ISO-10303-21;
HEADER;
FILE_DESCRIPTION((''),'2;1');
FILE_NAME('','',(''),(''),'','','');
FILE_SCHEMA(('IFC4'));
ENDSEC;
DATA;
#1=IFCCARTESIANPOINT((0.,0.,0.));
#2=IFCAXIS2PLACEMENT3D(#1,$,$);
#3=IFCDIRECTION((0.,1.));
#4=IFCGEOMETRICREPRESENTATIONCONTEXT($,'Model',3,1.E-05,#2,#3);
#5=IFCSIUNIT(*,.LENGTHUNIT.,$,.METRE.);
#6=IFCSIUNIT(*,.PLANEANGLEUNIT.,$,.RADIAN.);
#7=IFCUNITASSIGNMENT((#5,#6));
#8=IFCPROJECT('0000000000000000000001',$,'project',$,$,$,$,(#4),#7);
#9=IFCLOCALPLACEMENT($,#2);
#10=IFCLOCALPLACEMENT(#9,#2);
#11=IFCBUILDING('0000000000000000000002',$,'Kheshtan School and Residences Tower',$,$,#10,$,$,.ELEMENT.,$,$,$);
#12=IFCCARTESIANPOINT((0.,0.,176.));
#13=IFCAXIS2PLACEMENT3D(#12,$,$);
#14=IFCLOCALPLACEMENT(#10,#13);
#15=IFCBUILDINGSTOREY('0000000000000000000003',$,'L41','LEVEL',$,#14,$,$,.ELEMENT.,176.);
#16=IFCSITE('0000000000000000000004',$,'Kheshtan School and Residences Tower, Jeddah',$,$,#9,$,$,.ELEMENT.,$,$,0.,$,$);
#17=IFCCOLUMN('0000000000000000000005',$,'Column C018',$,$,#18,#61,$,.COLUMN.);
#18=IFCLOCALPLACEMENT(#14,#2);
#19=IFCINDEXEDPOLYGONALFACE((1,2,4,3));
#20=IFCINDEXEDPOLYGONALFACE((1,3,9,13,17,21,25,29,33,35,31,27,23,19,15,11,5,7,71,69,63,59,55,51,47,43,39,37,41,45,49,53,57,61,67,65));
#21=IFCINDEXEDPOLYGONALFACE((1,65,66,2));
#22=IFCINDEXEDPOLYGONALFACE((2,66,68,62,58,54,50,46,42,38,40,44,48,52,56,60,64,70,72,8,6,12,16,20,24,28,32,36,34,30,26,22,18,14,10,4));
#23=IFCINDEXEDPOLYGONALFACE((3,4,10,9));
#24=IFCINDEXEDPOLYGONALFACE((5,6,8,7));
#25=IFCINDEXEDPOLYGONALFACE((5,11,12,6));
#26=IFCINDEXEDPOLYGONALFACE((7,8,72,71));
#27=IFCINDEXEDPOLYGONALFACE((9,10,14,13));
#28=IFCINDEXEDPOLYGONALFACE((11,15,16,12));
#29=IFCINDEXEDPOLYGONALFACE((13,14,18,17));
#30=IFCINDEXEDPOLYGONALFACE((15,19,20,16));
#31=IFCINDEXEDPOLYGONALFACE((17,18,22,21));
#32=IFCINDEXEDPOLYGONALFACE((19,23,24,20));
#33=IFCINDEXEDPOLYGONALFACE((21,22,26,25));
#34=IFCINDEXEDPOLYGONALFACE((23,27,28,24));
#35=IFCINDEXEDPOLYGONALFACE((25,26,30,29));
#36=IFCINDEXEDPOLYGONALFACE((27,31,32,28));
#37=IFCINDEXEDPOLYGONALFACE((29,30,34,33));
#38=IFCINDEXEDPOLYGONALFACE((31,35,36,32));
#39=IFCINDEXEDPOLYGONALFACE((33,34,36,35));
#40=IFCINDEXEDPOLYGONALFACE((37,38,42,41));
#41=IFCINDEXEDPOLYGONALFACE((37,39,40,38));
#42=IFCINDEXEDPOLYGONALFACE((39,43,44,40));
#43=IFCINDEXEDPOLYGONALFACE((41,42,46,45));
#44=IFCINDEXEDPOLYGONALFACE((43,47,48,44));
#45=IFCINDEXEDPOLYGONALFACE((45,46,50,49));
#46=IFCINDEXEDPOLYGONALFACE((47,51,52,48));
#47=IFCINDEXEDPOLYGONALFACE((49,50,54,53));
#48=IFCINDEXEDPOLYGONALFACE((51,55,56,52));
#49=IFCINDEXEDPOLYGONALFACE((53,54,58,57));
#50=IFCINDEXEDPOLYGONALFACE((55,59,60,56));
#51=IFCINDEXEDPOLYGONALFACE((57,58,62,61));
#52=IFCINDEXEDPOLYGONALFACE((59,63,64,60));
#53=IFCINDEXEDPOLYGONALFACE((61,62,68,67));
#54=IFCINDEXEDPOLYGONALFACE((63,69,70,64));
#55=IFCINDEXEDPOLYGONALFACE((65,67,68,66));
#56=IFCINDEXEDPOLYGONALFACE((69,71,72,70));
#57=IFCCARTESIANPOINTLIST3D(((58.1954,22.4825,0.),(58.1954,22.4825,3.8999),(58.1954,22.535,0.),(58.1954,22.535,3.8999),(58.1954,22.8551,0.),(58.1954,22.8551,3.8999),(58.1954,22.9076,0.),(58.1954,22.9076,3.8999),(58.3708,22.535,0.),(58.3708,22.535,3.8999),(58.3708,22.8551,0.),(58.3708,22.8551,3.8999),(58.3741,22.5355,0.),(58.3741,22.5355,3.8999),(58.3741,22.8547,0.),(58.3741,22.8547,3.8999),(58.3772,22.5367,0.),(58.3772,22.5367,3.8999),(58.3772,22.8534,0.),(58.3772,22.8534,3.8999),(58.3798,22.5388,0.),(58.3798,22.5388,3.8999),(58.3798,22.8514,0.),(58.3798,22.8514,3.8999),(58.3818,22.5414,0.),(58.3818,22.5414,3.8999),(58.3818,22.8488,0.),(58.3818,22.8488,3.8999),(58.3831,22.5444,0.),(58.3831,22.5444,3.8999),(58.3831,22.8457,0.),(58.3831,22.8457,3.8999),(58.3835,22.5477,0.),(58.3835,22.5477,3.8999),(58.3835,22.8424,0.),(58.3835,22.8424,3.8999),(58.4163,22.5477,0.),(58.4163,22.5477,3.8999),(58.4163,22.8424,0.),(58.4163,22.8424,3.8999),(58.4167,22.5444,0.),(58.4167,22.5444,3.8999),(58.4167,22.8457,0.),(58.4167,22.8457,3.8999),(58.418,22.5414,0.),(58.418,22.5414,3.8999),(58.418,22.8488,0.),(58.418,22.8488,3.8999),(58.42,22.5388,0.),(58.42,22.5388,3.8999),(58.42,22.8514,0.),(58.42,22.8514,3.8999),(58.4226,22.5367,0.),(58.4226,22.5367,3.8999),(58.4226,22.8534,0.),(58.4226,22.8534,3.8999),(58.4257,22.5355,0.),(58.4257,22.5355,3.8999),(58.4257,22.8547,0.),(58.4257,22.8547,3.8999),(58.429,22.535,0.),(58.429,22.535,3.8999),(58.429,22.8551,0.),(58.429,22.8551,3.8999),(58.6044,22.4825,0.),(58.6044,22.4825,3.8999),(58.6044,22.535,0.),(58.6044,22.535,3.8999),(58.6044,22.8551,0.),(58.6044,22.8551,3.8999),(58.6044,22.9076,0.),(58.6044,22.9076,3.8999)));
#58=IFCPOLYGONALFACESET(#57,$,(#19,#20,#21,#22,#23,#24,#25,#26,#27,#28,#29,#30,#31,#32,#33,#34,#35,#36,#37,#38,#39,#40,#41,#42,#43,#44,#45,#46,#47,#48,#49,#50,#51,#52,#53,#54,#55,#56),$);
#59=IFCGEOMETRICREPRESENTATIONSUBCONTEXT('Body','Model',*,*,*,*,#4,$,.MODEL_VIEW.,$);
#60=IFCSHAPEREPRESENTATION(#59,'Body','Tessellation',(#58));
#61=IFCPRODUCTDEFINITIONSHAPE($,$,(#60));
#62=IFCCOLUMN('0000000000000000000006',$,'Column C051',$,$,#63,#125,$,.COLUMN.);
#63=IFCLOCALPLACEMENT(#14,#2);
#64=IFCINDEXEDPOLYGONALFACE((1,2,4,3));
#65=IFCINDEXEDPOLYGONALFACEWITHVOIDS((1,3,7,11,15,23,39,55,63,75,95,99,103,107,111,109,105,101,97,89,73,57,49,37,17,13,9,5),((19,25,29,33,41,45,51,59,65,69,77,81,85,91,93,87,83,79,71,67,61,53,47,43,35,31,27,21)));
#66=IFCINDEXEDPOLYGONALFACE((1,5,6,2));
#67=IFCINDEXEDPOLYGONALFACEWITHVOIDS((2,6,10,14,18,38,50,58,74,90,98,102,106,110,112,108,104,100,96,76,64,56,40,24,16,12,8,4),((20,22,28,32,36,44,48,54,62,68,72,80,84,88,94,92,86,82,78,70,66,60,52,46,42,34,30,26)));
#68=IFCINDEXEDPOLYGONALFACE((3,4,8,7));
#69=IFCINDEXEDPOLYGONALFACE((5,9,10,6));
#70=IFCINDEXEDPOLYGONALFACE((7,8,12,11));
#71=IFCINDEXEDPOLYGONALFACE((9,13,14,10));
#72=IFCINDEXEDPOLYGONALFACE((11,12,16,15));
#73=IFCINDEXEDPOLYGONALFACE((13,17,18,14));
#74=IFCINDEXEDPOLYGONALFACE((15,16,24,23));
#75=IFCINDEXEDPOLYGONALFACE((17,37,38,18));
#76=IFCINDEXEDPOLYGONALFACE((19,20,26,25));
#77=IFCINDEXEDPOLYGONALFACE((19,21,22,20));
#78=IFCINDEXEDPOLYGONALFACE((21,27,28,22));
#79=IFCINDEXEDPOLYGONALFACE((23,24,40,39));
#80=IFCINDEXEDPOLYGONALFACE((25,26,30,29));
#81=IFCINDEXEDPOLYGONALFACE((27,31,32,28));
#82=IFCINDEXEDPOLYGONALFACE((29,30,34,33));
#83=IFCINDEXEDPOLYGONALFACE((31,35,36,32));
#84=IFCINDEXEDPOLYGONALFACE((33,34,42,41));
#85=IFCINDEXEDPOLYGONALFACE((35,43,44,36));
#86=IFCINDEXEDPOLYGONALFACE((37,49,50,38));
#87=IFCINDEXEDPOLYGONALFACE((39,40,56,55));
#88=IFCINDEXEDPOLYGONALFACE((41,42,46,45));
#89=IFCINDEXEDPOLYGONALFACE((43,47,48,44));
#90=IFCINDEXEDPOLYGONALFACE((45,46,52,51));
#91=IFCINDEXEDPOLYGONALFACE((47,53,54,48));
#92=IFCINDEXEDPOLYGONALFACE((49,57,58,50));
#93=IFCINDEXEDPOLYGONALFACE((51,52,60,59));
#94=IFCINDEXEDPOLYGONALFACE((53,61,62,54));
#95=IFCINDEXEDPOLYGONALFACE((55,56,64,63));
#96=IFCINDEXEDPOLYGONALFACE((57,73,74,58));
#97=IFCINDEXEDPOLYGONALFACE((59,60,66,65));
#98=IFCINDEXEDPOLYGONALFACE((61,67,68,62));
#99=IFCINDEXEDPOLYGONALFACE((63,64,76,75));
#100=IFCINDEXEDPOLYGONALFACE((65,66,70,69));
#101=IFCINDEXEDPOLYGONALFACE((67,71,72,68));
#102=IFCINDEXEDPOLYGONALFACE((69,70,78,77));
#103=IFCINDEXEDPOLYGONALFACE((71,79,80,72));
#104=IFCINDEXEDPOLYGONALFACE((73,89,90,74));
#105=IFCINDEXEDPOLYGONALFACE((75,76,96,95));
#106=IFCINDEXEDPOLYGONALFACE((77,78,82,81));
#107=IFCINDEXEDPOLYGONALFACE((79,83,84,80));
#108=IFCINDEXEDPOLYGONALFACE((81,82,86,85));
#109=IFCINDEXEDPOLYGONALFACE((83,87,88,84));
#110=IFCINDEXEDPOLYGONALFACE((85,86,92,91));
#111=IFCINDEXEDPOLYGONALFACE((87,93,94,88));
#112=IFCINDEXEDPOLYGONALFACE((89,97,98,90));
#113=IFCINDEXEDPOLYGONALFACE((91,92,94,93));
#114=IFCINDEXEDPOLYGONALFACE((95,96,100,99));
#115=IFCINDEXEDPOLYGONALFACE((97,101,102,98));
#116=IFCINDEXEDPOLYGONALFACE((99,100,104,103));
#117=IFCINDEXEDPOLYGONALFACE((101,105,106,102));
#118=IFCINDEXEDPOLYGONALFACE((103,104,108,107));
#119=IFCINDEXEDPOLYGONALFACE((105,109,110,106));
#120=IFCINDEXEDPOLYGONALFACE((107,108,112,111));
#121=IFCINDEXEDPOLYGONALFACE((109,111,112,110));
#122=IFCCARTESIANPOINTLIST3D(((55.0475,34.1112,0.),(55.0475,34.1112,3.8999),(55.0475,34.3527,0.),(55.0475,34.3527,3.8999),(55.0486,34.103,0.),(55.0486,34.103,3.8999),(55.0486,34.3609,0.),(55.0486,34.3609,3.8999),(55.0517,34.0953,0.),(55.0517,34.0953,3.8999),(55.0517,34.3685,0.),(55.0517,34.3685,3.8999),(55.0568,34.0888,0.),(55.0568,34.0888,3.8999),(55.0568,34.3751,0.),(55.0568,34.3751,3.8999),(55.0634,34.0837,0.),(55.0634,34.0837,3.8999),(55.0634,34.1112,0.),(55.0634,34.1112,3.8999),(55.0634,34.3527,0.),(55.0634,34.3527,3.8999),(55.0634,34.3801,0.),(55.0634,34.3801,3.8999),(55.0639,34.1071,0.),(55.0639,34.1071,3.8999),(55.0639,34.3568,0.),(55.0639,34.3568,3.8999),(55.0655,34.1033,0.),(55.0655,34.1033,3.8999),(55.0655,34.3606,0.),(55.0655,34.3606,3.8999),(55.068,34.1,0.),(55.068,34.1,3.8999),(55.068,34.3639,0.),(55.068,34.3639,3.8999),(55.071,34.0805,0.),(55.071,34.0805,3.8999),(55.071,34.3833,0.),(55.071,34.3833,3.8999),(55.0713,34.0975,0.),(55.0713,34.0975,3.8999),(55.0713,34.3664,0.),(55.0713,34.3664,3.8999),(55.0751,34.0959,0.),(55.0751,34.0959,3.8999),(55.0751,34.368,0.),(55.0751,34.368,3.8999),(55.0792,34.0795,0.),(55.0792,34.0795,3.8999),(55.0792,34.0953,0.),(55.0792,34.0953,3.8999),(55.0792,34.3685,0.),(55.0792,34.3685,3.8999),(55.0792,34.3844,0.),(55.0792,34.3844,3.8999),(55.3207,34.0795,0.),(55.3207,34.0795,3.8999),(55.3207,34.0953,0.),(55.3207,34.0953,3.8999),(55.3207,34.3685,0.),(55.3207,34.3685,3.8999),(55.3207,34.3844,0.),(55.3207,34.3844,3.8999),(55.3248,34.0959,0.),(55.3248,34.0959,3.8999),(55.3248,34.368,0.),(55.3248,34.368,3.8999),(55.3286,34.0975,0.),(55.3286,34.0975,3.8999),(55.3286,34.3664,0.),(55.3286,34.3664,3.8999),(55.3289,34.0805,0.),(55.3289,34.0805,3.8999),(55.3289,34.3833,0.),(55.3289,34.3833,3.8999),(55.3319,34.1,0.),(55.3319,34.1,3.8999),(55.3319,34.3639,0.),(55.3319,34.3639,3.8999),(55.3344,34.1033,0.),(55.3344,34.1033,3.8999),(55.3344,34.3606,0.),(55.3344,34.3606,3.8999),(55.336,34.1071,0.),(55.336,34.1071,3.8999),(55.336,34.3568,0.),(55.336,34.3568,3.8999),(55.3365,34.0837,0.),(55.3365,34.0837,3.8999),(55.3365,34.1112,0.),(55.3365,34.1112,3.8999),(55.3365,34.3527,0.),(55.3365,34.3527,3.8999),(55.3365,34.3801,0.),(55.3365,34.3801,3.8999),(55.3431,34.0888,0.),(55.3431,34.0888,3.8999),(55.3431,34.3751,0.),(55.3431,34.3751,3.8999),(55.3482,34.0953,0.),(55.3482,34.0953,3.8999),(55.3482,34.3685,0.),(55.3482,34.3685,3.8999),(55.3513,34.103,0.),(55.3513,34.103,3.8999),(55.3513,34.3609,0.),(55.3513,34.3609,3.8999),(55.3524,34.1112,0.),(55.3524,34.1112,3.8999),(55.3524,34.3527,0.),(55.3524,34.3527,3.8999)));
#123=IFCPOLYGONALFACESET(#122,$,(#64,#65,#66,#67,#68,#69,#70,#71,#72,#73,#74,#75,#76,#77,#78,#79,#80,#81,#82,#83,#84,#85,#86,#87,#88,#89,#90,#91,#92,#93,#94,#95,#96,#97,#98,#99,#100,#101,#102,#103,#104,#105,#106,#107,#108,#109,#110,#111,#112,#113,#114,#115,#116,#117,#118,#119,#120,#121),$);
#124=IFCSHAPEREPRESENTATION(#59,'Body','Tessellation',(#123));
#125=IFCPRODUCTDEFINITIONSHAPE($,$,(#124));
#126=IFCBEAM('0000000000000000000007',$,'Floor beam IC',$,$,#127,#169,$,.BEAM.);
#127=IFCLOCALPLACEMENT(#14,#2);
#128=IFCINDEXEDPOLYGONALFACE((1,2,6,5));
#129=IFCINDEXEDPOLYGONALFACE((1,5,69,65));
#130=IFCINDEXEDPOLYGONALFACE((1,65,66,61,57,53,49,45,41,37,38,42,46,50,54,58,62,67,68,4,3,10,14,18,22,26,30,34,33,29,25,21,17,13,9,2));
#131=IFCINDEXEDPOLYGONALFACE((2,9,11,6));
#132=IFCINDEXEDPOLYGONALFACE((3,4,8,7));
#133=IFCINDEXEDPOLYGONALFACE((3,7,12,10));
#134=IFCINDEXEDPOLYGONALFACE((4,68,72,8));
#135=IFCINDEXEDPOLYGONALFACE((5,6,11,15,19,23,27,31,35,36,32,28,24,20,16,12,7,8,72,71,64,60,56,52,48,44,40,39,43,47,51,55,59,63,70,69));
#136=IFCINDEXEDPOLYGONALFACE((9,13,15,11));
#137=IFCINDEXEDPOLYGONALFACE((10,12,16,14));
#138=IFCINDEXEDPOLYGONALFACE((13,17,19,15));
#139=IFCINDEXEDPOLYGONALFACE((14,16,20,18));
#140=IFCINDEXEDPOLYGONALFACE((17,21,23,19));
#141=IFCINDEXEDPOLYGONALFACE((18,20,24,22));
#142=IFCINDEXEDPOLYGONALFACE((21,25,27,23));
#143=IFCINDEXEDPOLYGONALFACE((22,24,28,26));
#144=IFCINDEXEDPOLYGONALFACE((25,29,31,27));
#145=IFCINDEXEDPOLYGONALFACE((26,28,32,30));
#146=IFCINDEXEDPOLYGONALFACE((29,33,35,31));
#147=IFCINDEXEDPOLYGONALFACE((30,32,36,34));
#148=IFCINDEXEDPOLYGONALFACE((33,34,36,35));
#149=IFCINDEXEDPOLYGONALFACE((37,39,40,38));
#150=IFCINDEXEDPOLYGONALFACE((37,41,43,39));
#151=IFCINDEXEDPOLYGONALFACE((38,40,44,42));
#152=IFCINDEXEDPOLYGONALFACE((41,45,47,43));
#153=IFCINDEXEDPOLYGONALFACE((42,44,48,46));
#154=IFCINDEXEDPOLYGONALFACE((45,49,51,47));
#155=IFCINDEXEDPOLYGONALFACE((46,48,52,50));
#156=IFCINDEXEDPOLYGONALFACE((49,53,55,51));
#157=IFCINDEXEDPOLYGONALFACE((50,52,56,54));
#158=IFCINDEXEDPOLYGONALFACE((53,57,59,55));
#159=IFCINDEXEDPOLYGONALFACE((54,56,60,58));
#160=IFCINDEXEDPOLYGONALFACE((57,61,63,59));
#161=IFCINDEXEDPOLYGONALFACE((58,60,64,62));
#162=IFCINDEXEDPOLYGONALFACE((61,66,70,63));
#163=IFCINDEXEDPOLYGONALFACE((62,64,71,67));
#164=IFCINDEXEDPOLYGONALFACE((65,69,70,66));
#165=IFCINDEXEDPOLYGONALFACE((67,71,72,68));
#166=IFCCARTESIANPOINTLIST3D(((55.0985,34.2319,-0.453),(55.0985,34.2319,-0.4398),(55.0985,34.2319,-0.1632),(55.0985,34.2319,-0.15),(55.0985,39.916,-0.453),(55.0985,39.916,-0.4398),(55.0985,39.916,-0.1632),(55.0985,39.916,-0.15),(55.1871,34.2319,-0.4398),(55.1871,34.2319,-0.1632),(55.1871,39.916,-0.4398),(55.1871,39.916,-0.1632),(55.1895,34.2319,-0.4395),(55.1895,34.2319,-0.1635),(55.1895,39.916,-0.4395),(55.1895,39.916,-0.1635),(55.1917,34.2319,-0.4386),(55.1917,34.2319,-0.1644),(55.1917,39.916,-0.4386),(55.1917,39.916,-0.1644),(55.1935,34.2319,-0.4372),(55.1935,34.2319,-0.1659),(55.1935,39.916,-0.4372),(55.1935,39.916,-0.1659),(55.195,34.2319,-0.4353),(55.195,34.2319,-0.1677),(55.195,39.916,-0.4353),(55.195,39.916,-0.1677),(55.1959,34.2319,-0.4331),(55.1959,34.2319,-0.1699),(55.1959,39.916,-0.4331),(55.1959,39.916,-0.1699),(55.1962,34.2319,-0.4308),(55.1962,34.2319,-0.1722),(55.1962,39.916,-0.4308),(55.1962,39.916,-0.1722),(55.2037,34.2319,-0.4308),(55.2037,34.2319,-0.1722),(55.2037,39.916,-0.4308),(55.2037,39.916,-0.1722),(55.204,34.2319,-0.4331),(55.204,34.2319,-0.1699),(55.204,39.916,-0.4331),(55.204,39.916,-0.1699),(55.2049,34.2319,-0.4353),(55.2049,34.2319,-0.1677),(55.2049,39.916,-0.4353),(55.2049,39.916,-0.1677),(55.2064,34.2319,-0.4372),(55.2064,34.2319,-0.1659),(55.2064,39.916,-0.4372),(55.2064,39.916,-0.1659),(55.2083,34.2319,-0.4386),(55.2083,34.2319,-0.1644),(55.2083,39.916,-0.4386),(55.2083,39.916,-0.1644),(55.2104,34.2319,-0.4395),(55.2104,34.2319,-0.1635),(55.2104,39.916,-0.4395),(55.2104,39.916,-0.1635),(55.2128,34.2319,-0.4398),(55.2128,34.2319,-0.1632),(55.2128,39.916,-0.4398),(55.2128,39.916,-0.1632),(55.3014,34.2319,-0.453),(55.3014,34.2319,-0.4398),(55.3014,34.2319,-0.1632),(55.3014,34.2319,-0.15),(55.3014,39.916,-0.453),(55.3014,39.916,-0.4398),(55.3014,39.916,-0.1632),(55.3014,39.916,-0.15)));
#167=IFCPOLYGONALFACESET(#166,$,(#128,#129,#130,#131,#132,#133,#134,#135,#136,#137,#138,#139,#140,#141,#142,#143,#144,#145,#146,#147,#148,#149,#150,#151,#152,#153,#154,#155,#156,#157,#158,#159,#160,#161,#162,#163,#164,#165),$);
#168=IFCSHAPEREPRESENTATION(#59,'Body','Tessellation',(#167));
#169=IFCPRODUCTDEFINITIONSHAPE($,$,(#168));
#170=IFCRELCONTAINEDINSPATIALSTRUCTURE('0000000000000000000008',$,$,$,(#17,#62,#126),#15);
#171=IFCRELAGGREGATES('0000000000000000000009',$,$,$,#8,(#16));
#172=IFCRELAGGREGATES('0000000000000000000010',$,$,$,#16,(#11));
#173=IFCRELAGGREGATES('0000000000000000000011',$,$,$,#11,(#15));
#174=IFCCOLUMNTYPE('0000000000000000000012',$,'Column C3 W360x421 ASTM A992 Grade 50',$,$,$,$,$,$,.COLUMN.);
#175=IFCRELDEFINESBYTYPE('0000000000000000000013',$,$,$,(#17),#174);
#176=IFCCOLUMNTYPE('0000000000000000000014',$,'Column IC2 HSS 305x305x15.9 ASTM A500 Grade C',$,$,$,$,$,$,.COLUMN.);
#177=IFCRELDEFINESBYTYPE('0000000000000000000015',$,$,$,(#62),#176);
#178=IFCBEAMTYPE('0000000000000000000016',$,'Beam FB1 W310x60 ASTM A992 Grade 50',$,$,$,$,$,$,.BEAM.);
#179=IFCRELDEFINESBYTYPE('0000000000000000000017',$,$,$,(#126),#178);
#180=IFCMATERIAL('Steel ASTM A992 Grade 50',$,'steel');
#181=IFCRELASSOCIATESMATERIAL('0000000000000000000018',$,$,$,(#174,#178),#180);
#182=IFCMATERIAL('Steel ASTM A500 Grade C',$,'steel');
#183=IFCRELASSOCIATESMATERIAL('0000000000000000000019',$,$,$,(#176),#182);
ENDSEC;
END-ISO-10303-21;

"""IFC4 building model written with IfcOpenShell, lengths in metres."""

from ifc_helpers import new_model, si_unit, direction, frame, origin, origin_2d, place, context, subcontext, project, spatial, hollow_rectangle, i_section, extrude, material, material_profile, profile_set, type_object, element, save


model = new_model("IFC4")

# Units and contexts
model_context = context("Model", 3, precision=1e-05, world=origin(), true_north=direction((0.0, 1.0)))
body_context = subcontext(model_context, "Body", "Model", "MODEL_VIEW")
ifc_project = project(units=[si_unit("LENGTHUNIT", "METRE"), si_unit("PLANEANGLEUNIT", "RADIAN")], contexts=[model_context])

# Site, building, storey
site_placement = place(None, origin())
site = spatial("IfcSite", under=ifc_project, at=site_placement, Name="Kheshtan School and Residences Tower, Jeddah", CompositionType="ELEMENT", RefElevation=0.0)
building_placement = place(site_placement, origin())
building = spatial("IfcBuilding", under=site, at=building_placement, Name="Kheshtan School and Residences Tower", CompositionType="ELEMENT")
storey_placement = place(building_placement, frame((0.0, 0.0, 176.0)))
storey = spatial("IfcBuildingStorey", under=building, at=storey_placement, Name="L41", Description="LEVEL", CompositionType="ELEMENT", Elevation=176.0)

# Columns
ifc_material_1 = material(Name="Steel ASTM A992 Grade 50", Category="steel")
ifc_material_profile_1 = material_profile(ifc_material_1, i_section(OverallWidth=0.4089, OverallDepth=0.425, WebThickness=0.0327, FlangeThickness=0.0525, FilletRadius=0.0127, at=origin_2d()), Name="W360x421")
ifc_profile_set_1 = profile_set([ifc_material_profile_1], Name="Steel ASTM A992 Grade 50")
column_type_1 = type_object("IfcColumnType", Name="Column C3 W360x421 ASTM A992 Grade 50", PredefinedType="COLUMN", material=ifc_profile_set_1)
column_1_placement = place(storey_placement, frame((58.3999, 22.6951, 0.0), z_axis=(0.0, 0.0, 1.0), x_axis=(1.0, 0.0, 0.0)))
element("IfcColumn", 1, at=column_1_placement, inside=storey, type_object=column_type_1, Name="Column C018", PredefinedType="COLUMN", context=body_context, shape_type="SweptSolid", body=[
    extrude(i_section(OverallWidth=0.4089, OverallDepth=0.425, WebThickness=0.0327, FlangeThickness=0.0525, FilletRadius=0.0127, at=origin_2d()), origin(), (0.0, 0.0, 1.0), 3.8999),
])
ifc_material_2 = material(Name="Steel ASTM A500 Grade C", Category="steel")
ifc_material_profile_2 = material_profile(ifc_material_2, hollow_rectangle(XDim=0.3049, YDim=0.3049, WallThickness=0.0159, InnerFilletRadius=0.0159, OuterFilletRadius=0.0317, at=origin_2d()), Name="HSS 305x305x15.9")
ifc_profile_set_2 = profile_set([ifc_material_profile_2], Name="Steel ASTM A500 Grade C")
column_type_2 = type_object("IfcColumnType", Name="Column IC2 HSS 305x305x15.9 ASTM A500 Grade C", PredefinedType="COLUMN", material=ifc_profile_set_2)
column_2_placement = place(storey_placement, frame((55.2, 34.2319, 0.0), z_axis=(0.0, 0.0, 1.0), x_axis=(1.0, 0.0, 0.0)))
element("IfcColumn", 2, at=column_2_placement, inside=storey, type_object=column_type_2, Name="Column C051", PredefinedType="COLUMN", context=body_context, shape_type="SweptSolid", body=[
    extrude(hollow_rectangle(XDim=0.3049, YDim=0.3049, WallThickness=0.0159, InnerFilletRadius=0.0159, OuterFilletRadius=0.0317, at=origin_2d()), origin(), (0.0, 0.0, 1.0), 3.8999),
])

# Beam
ifc_material_profile_3 = material_profile(ifc_material_1, i_section(OverallWidth=0.2029, OverallDepth=0.303, WebThickness=0.0076, FlangeThickness=0.0132, FilletRadius=0.009, at=origin_2d()), Name="W310x60")
ifc_profile_set_3 = profile_set([ifc_material_profile_3], Name="Steel ASTM A992 Grade 50")
beam_type_1 = type_object("IfcBeamType", Name="Beam FB1 W310x60 ASTM A992 Grade 50", PredefinedType="BEAM", material=ifc_profile_set_3)
beam_1_placement = place(storey_placement, frame((55.2, 34.2319, -0.3015), z_axis=(0.0, 1.0, 0.0), x_axis=(-1.0, 0.0, 0.0)))
element("IfcBeam", 3, at=beam_1_placement, inside=storey, type_object=beam_type_1, Name="Floor beam IC", PredefinedType="BEAM", context=body_context, shape_type="SweptSolid", body=[
    extrude(i_section(OverallWidth=0.2029, OverallDepth=0.303, WebThickness=0.0076, FlangeThickness=0.0132, FilletRadius=0.009, at=origin_2d()), origin(), (0.0, 0.0, 1.0), 5.6841),
])

save(model, "model.ifc")
